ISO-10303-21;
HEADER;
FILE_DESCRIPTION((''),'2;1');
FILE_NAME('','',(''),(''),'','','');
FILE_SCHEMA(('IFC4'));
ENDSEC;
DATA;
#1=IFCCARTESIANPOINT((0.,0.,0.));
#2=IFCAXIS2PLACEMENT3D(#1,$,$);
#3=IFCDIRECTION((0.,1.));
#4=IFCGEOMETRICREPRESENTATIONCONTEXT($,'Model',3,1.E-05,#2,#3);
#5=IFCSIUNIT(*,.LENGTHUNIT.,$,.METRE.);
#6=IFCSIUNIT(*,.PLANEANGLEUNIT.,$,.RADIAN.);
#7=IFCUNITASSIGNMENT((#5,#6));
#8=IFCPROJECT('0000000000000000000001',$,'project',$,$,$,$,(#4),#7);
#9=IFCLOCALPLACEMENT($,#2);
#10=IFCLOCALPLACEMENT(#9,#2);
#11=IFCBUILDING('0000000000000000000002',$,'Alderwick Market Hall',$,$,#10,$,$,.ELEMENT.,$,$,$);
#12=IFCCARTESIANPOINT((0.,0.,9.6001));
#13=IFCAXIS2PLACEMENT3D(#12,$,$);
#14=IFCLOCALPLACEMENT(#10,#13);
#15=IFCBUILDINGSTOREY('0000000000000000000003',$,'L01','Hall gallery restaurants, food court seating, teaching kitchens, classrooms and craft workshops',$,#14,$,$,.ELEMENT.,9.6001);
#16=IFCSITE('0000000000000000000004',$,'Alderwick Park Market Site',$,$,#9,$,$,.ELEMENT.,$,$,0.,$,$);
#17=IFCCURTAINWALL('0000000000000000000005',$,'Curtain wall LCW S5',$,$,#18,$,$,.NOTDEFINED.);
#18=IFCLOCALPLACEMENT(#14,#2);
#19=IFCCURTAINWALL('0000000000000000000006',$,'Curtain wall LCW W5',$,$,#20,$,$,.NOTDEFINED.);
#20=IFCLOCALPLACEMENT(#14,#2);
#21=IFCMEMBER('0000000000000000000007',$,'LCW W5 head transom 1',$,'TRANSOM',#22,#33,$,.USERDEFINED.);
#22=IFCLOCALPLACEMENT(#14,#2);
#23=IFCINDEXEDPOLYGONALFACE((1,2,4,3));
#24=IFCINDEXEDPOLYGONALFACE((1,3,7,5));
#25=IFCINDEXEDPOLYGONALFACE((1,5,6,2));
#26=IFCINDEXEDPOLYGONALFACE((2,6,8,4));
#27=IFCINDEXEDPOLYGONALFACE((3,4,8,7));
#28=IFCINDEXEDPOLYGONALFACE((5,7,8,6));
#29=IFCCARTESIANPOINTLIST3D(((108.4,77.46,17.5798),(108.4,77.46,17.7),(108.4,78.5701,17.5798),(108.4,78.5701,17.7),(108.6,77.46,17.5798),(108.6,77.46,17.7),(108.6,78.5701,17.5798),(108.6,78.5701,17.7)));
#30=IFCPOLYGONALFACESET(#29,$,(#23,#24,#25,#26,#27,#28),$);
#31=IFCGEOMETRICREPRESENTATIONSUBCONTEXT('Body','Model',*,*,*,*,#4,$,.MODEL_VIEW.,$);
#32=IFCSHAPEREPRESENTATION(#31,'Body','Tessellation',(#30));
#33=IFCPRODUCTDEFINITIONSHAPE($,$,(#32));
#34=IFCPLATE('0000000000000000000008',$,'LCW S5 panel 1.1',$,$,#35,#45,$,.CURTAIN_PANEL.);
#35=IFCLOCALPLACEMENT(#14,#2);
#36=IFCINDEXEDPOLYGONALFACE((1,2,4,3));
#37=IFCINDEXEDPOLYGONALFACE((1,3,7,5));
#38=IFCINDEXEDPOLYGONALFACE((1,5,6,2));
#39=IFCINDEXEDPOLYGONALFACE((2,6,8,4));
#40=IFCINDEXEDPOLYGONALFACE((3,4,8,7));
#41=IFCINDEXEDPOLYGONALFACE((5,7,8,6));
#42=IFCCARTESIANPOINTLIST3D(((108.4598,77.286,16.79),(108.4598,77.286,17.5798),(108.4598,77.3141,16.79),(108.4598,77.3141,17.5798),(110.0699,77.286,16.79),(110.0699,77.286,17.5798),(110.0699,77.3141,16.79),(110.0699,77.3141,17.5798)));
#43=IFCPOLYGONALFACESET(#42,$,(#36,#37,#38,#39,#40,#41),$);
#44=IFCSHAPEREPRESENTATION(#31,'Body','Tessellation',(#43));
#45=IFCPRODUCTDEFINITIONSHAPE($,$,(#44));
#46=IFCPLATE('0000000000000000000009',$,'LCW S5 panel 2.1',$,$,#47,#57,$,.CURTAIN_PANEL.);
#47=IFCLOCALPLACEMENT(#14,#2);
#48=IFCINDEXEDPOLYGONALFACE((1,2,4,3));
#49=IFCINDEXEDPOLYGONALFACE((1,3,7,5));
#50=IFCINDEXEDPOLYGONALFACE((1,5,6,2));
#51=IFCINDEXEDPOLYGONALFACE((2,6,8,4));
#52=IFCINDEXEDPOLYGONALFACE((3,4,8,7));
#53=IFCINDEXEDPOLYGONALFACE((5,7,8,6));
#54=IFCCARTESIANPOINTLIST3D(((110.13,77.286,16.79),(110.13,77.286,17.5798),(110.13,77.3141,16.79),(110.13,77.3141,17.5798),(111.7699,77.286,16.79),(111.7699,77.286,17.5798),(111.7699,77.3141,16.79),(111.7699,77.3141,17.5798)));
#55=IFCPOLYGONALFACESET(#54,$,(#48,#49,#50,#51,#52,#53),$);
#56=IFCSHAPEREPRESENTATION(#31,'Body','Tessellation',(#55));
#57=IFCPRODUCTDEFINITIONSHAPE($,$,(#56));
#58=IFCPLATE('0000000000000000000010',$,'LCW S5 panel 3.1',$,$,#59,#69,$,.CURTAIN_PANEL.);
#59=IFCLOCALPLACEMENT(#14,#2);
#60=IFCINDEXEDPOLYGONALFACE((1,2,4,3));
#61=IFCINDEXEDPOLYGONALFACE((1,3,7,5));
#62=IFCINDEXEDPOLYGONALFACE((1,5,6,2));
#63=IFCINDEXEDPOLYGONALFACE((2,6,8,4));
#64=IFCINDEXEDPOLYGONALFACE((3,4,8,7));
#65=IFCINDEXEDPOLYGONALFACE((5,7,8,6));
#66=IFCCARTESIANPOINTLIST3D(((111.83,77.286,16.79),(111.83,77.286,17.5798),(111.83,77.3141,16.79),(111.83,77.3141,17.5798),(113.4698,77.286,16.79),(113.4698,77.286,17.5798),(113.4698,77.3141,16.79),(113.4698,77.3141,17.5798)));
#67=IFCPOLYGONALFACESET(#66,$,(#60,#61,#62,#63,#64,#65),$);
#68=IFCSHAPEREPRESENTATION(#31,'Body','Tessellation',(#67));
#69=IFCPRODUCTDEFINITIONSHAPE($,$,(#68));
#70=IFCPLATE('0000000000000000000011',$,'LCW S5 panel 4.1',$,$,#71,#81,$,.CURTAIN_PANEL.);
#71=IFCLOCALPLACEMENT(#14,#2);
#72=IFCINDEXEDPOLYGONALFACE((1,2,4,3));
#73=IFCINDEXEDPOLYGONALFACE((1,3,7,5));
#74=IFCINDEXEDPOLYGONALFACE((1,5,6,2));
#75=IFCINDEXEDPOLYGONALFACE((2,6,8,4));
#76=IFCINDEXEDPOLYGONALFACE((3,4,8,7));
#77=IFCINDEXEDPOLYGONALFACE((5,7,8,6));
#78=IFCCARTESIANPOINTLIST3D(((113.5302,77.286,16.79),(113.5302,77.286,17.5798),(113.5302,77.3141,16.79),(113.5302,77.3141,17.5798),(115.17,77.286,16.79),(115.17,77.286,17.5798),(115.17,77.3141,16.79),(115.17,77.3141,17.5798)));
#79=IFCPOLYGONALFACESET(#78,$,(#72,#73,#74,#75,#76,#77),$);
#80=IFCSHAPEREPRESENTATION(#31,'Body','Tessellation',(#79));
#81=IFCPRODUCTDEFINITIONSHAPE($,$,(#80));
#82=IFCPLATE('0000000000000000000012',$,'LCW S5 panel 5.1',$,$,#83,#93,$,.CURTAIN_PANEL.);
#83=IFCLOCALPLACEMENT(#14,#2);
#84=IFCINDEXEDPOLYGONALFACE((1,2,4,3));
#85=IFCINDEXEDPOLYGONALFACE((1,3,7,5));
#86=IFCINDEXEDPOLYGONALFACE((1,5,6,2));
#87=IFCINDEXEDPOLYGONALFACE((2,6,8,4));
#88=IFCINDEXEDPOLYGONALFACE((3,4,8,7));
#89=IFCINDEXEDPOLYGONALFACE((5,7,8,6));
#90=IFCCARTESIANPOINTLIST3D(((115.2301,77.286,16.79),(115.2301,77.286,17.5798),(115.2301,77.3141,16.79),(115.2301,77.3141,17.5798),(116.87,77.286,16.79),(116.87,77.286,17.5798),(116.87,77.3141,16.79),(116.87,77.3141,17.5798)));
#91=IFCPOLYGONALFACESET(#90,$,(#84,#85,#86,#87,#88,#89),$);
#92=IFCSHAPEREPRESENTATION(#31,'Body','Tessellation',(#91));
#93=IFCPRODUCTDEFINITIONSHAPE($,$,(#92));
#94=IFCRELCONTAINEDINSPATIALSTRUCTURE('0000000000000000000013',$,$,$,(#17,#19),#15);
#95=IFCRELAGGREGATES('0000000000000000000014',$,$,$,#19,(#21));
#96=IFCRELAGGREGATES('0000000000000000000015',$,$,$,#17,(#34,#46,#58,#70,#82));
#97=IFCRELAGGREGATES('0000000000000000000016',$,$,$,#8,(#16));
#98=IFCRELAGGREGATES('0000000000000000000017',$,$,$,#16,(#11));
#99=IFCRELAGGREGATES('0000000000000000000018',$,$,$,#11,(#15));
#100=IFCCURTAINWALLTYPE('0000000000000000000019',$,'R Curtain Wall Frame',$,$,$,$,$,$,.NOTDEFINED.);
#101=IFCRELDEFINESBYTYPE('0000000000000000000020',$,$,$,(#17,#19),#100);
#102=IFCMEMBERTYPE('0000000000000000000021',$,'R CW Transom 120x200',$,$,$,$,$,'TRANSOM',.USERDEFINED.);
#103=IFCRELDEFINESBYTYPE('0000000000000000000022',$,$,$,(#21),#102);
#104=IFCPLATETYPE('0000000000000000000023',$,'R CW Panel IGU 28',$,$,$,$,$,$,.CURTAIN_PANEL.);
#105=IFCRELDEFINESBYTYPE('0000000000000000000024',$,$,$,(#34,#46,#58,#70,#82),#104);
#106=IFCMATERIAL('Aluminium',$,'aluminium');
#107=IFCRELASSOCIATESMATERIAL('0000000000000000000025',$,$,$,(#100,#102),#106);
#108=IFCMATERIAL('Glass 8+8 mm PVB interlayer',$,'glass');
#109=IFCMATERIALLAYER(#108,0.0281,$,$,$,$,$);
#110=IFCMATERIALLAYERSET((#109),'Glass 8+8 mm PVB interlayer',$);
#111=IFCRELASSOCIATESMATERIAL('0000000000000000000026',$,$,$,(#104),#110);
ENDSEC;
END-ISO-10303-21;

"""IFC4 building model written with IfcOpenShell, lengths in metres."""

from ifc_helpers import new_model, si_unit, direction, frame, origin, origin_2d, place, context, subcontext, project, spatial, rectangle, extrude, material, layer, layer_set, material_profile, profile_set, type_object, element, aggregate, save


model = new_model("IFC4")

# Units and contexts
model_context = context("Model", 3, precision=1e-05, world=origin(), true_north=direction((0.0, 1.0)))
body_context = subcontext(model_context, "Body", "Model", "MODEL_VIEW")
ifc_project = project(units=[si_unit("LENGTHUNIT", "METRE"), si_unit("PLANEANGLEUNIT", "RADIAN")], contexts=[model_context])

# Site, building, storey
site_placement = place(None, origin())
site = spatial("IfcSite", under=ifc_project, at=site_placement, Name="Alderwick Park Market Site", CompositionType="ELEMENT", RefElevation=0.0)
building_placement = place(site_placement, origin())
building = spatial("IfcBuilding", under=site, at=building_placement, Name="Alderwick Market Hall", CompositionType="ELEMENT")
storey_placement = place(building_placement, frame((0.0, 0.0, 9.6001)))
storey = spatial("IfcBuildingStorey", under=building, at=storey_placement, Name="L01", Description="Hall gallery restaurants, food court seating, teaching kitchens, classrooms and craft workshops", CompositionType="ELEMENT", Elevation=9.6001)

# Curtain walls, member
ifc_material_1 = material(Name="Aluminium", Category="aluminium")
curtain_wall_type = type_object("IfcCurtainWallType", Name="R Curtain Wall Frame", PredefinedType="NOTDEFINED", material=ifc_material_1)
curtain_wall_1_placement = place(storey_placement, origin())
curtain_wall_1 = element("IfcCurtainWall", 1, at=curtain_wall_1_placement, inside=storey, type_object=curtain_wall_type, Name="Curtain wall LCW S5", PredefinedType="NOTDEFINED")
ifc_material_profile_1 = material_profile(ifc_material_1, rectangle(XDim=0.2, YDim=0.1201, at=origin_2d()), Name="AL 120x200")
ifc_profile_set_1 = profile_set([ifc_material_profile_1], Name="Aluminium")
member_type_1 = type_object("IfcMemberType", Name="R CW Transom 120x200", ElementType="TRANSOM", PredefinedType="USERDEFINED", material=ifc_profile_set_1)
curtain_wall_2_placement = place(storey_placement, origin())
curtain_wall_2 = element("IfcCurtainWall", 2, at=curtain_wall_2_placement, inside=storey, type_object=curtain_wall_type, Name="Curtain wall LCW W5", PredefinedType="NOTDEFINED")
member_1_placement = place(storey_placement, frame((108.5, 77.46, 17.6399), z_axis=(0.0, 1.0, 0.0), x_axis=(-1.0, 0.0, 0.0)))
member_1 = element("IfcMember", 3, at=member_1_placement, type_object=member_type_1, Name="LCW W5 head transom 1", ObjectType="TRANSOM", PredefinedType="USERDEFINED", context=body_context, shape_type="SweptSolid", body=[
    extrude(rectangle(XDim=0.2, YDim=0.1201, at=origin_2d()), origin(), (0.0, 0.0, 1.0), 1.1101),
])
aggregate(curtain_wall_2, [member_1])

# Plates
ifc_material_2 = material(Name="Glass 8+8 mm PVB interlayer", Category="glass")
ifc_layer = layer(ifc_material_2, 0.0281)
ifc_layer_set = layer_set([ifc_layer], Name="Glass 8+8 mm PVB interlayer")
plate_type = type_object("IfcPlateType", Name="R CW Panel IGU 28", PredefinedType="CURTAIN_PANEL", material=ifc_layer_set)
plate_1_placement = place(storey_placement, frame((109.2649, 77.3, 16.79), z_axis=(0.0, 0.0, 1.0), x_axis=(1.0, 0.0, 0.0)))
plate_1 = element("IfcPlate", 4, at=plate_1_placement, type_object=plate_type, Name="LCW S5 panel 1.1", PredefinedType="CURTAIN_PANEL", context=body_context, shape_type="SweptSolid", body=[
    extrude(rectangle(XDim=1.6101, YDim=0.0281, at=origin_2d()), origin(), (0.0, 0.0, 1.0), 0.7898),
])
plate_2_placement = place(storey_placement, frame((110.95, 77.3, 16.79), z_axis=(0.0, 0.0, 1.0), x_axis=(1.0, 0.0, 0.0)))
plate_2 = element("IfcPlate", 5, at=plate_2_placement, type_object=plate_type, Name="LCW S5 panel 2.1", PredefinedType="CURTAIN_PANEL", context=body_context, shape_type="SweptSolid", body=[
    extrude(rectangle(XDim=1.6399, YDim=0.0281, at=origin_2d()), origin(), (0.0, 0.0, 1.0), 0.7898),
])
plate_3_placement = place(storey_placement, frame((112.6499, 77.3, 16.79), z_axis=(0.0, 0.0, 1.0), x_axis=(1.0, 0.0, 0.0)))
plate_3 = element("IfcPlate", 6, at=plate_3_placement, type_object=plate_type, Name="LCW S5 panel 3.1", PredefinedType="CURTAIN_PANEL", context=body_context, shape_type="SweptSolid", body=[
    extrude(rectangle(XDim=1.6399, YDim=0.0281, at=origin_2d()), origin(), (0.0, 0.0, 1.0), 0.7898),
])
plate_4_placement = place(storey_placement, frame((114.3501, 77.3, 16.79), z_axis=(0.0, 0.0, 1.0), x_axis=(1.0, 0.0, 0.0)))
plate_4 = element("IfcPlate", 7, at=plate_4_placement, type_object=plate_type, Name="LCW S5 panel 4.1", PredefinedType="CURTAIN_PANEL", context=body_context, shape_type="SweptSolid", body=[
    extrude(rectangle(XDim=1.6399, YDim=0.0281, at=origin_2d()), origin(), (0.0, 0.0, 1.0), 0.7898),
])
plate_5_placement = place(storey_placement, frame((116.05, 77.3, 16.79), z_axis=(0.0, 0.0, 1.0), x_axis=(1.0, 0.0, 0.0)))
plate_5 = element("IfcPlate", 8, at=plate_5_placement, type_object=plate_type, Name="LCW S5 panel 5.1", PredefinedType="CURTAIN_PANEL", context=body_context, shape_type="SweptSolid", body=[
    extrude(rectangle(XDim=1.6399, YDim=0.0281, at=origin_2d()), origin(), (0.0, 0.0, 1.0), 0.7898),
])
aggregate(curtain_wall_1, [plate_1, plate_2, plate_3, plate_4, plate_5])

save(model, "model.ifc")
